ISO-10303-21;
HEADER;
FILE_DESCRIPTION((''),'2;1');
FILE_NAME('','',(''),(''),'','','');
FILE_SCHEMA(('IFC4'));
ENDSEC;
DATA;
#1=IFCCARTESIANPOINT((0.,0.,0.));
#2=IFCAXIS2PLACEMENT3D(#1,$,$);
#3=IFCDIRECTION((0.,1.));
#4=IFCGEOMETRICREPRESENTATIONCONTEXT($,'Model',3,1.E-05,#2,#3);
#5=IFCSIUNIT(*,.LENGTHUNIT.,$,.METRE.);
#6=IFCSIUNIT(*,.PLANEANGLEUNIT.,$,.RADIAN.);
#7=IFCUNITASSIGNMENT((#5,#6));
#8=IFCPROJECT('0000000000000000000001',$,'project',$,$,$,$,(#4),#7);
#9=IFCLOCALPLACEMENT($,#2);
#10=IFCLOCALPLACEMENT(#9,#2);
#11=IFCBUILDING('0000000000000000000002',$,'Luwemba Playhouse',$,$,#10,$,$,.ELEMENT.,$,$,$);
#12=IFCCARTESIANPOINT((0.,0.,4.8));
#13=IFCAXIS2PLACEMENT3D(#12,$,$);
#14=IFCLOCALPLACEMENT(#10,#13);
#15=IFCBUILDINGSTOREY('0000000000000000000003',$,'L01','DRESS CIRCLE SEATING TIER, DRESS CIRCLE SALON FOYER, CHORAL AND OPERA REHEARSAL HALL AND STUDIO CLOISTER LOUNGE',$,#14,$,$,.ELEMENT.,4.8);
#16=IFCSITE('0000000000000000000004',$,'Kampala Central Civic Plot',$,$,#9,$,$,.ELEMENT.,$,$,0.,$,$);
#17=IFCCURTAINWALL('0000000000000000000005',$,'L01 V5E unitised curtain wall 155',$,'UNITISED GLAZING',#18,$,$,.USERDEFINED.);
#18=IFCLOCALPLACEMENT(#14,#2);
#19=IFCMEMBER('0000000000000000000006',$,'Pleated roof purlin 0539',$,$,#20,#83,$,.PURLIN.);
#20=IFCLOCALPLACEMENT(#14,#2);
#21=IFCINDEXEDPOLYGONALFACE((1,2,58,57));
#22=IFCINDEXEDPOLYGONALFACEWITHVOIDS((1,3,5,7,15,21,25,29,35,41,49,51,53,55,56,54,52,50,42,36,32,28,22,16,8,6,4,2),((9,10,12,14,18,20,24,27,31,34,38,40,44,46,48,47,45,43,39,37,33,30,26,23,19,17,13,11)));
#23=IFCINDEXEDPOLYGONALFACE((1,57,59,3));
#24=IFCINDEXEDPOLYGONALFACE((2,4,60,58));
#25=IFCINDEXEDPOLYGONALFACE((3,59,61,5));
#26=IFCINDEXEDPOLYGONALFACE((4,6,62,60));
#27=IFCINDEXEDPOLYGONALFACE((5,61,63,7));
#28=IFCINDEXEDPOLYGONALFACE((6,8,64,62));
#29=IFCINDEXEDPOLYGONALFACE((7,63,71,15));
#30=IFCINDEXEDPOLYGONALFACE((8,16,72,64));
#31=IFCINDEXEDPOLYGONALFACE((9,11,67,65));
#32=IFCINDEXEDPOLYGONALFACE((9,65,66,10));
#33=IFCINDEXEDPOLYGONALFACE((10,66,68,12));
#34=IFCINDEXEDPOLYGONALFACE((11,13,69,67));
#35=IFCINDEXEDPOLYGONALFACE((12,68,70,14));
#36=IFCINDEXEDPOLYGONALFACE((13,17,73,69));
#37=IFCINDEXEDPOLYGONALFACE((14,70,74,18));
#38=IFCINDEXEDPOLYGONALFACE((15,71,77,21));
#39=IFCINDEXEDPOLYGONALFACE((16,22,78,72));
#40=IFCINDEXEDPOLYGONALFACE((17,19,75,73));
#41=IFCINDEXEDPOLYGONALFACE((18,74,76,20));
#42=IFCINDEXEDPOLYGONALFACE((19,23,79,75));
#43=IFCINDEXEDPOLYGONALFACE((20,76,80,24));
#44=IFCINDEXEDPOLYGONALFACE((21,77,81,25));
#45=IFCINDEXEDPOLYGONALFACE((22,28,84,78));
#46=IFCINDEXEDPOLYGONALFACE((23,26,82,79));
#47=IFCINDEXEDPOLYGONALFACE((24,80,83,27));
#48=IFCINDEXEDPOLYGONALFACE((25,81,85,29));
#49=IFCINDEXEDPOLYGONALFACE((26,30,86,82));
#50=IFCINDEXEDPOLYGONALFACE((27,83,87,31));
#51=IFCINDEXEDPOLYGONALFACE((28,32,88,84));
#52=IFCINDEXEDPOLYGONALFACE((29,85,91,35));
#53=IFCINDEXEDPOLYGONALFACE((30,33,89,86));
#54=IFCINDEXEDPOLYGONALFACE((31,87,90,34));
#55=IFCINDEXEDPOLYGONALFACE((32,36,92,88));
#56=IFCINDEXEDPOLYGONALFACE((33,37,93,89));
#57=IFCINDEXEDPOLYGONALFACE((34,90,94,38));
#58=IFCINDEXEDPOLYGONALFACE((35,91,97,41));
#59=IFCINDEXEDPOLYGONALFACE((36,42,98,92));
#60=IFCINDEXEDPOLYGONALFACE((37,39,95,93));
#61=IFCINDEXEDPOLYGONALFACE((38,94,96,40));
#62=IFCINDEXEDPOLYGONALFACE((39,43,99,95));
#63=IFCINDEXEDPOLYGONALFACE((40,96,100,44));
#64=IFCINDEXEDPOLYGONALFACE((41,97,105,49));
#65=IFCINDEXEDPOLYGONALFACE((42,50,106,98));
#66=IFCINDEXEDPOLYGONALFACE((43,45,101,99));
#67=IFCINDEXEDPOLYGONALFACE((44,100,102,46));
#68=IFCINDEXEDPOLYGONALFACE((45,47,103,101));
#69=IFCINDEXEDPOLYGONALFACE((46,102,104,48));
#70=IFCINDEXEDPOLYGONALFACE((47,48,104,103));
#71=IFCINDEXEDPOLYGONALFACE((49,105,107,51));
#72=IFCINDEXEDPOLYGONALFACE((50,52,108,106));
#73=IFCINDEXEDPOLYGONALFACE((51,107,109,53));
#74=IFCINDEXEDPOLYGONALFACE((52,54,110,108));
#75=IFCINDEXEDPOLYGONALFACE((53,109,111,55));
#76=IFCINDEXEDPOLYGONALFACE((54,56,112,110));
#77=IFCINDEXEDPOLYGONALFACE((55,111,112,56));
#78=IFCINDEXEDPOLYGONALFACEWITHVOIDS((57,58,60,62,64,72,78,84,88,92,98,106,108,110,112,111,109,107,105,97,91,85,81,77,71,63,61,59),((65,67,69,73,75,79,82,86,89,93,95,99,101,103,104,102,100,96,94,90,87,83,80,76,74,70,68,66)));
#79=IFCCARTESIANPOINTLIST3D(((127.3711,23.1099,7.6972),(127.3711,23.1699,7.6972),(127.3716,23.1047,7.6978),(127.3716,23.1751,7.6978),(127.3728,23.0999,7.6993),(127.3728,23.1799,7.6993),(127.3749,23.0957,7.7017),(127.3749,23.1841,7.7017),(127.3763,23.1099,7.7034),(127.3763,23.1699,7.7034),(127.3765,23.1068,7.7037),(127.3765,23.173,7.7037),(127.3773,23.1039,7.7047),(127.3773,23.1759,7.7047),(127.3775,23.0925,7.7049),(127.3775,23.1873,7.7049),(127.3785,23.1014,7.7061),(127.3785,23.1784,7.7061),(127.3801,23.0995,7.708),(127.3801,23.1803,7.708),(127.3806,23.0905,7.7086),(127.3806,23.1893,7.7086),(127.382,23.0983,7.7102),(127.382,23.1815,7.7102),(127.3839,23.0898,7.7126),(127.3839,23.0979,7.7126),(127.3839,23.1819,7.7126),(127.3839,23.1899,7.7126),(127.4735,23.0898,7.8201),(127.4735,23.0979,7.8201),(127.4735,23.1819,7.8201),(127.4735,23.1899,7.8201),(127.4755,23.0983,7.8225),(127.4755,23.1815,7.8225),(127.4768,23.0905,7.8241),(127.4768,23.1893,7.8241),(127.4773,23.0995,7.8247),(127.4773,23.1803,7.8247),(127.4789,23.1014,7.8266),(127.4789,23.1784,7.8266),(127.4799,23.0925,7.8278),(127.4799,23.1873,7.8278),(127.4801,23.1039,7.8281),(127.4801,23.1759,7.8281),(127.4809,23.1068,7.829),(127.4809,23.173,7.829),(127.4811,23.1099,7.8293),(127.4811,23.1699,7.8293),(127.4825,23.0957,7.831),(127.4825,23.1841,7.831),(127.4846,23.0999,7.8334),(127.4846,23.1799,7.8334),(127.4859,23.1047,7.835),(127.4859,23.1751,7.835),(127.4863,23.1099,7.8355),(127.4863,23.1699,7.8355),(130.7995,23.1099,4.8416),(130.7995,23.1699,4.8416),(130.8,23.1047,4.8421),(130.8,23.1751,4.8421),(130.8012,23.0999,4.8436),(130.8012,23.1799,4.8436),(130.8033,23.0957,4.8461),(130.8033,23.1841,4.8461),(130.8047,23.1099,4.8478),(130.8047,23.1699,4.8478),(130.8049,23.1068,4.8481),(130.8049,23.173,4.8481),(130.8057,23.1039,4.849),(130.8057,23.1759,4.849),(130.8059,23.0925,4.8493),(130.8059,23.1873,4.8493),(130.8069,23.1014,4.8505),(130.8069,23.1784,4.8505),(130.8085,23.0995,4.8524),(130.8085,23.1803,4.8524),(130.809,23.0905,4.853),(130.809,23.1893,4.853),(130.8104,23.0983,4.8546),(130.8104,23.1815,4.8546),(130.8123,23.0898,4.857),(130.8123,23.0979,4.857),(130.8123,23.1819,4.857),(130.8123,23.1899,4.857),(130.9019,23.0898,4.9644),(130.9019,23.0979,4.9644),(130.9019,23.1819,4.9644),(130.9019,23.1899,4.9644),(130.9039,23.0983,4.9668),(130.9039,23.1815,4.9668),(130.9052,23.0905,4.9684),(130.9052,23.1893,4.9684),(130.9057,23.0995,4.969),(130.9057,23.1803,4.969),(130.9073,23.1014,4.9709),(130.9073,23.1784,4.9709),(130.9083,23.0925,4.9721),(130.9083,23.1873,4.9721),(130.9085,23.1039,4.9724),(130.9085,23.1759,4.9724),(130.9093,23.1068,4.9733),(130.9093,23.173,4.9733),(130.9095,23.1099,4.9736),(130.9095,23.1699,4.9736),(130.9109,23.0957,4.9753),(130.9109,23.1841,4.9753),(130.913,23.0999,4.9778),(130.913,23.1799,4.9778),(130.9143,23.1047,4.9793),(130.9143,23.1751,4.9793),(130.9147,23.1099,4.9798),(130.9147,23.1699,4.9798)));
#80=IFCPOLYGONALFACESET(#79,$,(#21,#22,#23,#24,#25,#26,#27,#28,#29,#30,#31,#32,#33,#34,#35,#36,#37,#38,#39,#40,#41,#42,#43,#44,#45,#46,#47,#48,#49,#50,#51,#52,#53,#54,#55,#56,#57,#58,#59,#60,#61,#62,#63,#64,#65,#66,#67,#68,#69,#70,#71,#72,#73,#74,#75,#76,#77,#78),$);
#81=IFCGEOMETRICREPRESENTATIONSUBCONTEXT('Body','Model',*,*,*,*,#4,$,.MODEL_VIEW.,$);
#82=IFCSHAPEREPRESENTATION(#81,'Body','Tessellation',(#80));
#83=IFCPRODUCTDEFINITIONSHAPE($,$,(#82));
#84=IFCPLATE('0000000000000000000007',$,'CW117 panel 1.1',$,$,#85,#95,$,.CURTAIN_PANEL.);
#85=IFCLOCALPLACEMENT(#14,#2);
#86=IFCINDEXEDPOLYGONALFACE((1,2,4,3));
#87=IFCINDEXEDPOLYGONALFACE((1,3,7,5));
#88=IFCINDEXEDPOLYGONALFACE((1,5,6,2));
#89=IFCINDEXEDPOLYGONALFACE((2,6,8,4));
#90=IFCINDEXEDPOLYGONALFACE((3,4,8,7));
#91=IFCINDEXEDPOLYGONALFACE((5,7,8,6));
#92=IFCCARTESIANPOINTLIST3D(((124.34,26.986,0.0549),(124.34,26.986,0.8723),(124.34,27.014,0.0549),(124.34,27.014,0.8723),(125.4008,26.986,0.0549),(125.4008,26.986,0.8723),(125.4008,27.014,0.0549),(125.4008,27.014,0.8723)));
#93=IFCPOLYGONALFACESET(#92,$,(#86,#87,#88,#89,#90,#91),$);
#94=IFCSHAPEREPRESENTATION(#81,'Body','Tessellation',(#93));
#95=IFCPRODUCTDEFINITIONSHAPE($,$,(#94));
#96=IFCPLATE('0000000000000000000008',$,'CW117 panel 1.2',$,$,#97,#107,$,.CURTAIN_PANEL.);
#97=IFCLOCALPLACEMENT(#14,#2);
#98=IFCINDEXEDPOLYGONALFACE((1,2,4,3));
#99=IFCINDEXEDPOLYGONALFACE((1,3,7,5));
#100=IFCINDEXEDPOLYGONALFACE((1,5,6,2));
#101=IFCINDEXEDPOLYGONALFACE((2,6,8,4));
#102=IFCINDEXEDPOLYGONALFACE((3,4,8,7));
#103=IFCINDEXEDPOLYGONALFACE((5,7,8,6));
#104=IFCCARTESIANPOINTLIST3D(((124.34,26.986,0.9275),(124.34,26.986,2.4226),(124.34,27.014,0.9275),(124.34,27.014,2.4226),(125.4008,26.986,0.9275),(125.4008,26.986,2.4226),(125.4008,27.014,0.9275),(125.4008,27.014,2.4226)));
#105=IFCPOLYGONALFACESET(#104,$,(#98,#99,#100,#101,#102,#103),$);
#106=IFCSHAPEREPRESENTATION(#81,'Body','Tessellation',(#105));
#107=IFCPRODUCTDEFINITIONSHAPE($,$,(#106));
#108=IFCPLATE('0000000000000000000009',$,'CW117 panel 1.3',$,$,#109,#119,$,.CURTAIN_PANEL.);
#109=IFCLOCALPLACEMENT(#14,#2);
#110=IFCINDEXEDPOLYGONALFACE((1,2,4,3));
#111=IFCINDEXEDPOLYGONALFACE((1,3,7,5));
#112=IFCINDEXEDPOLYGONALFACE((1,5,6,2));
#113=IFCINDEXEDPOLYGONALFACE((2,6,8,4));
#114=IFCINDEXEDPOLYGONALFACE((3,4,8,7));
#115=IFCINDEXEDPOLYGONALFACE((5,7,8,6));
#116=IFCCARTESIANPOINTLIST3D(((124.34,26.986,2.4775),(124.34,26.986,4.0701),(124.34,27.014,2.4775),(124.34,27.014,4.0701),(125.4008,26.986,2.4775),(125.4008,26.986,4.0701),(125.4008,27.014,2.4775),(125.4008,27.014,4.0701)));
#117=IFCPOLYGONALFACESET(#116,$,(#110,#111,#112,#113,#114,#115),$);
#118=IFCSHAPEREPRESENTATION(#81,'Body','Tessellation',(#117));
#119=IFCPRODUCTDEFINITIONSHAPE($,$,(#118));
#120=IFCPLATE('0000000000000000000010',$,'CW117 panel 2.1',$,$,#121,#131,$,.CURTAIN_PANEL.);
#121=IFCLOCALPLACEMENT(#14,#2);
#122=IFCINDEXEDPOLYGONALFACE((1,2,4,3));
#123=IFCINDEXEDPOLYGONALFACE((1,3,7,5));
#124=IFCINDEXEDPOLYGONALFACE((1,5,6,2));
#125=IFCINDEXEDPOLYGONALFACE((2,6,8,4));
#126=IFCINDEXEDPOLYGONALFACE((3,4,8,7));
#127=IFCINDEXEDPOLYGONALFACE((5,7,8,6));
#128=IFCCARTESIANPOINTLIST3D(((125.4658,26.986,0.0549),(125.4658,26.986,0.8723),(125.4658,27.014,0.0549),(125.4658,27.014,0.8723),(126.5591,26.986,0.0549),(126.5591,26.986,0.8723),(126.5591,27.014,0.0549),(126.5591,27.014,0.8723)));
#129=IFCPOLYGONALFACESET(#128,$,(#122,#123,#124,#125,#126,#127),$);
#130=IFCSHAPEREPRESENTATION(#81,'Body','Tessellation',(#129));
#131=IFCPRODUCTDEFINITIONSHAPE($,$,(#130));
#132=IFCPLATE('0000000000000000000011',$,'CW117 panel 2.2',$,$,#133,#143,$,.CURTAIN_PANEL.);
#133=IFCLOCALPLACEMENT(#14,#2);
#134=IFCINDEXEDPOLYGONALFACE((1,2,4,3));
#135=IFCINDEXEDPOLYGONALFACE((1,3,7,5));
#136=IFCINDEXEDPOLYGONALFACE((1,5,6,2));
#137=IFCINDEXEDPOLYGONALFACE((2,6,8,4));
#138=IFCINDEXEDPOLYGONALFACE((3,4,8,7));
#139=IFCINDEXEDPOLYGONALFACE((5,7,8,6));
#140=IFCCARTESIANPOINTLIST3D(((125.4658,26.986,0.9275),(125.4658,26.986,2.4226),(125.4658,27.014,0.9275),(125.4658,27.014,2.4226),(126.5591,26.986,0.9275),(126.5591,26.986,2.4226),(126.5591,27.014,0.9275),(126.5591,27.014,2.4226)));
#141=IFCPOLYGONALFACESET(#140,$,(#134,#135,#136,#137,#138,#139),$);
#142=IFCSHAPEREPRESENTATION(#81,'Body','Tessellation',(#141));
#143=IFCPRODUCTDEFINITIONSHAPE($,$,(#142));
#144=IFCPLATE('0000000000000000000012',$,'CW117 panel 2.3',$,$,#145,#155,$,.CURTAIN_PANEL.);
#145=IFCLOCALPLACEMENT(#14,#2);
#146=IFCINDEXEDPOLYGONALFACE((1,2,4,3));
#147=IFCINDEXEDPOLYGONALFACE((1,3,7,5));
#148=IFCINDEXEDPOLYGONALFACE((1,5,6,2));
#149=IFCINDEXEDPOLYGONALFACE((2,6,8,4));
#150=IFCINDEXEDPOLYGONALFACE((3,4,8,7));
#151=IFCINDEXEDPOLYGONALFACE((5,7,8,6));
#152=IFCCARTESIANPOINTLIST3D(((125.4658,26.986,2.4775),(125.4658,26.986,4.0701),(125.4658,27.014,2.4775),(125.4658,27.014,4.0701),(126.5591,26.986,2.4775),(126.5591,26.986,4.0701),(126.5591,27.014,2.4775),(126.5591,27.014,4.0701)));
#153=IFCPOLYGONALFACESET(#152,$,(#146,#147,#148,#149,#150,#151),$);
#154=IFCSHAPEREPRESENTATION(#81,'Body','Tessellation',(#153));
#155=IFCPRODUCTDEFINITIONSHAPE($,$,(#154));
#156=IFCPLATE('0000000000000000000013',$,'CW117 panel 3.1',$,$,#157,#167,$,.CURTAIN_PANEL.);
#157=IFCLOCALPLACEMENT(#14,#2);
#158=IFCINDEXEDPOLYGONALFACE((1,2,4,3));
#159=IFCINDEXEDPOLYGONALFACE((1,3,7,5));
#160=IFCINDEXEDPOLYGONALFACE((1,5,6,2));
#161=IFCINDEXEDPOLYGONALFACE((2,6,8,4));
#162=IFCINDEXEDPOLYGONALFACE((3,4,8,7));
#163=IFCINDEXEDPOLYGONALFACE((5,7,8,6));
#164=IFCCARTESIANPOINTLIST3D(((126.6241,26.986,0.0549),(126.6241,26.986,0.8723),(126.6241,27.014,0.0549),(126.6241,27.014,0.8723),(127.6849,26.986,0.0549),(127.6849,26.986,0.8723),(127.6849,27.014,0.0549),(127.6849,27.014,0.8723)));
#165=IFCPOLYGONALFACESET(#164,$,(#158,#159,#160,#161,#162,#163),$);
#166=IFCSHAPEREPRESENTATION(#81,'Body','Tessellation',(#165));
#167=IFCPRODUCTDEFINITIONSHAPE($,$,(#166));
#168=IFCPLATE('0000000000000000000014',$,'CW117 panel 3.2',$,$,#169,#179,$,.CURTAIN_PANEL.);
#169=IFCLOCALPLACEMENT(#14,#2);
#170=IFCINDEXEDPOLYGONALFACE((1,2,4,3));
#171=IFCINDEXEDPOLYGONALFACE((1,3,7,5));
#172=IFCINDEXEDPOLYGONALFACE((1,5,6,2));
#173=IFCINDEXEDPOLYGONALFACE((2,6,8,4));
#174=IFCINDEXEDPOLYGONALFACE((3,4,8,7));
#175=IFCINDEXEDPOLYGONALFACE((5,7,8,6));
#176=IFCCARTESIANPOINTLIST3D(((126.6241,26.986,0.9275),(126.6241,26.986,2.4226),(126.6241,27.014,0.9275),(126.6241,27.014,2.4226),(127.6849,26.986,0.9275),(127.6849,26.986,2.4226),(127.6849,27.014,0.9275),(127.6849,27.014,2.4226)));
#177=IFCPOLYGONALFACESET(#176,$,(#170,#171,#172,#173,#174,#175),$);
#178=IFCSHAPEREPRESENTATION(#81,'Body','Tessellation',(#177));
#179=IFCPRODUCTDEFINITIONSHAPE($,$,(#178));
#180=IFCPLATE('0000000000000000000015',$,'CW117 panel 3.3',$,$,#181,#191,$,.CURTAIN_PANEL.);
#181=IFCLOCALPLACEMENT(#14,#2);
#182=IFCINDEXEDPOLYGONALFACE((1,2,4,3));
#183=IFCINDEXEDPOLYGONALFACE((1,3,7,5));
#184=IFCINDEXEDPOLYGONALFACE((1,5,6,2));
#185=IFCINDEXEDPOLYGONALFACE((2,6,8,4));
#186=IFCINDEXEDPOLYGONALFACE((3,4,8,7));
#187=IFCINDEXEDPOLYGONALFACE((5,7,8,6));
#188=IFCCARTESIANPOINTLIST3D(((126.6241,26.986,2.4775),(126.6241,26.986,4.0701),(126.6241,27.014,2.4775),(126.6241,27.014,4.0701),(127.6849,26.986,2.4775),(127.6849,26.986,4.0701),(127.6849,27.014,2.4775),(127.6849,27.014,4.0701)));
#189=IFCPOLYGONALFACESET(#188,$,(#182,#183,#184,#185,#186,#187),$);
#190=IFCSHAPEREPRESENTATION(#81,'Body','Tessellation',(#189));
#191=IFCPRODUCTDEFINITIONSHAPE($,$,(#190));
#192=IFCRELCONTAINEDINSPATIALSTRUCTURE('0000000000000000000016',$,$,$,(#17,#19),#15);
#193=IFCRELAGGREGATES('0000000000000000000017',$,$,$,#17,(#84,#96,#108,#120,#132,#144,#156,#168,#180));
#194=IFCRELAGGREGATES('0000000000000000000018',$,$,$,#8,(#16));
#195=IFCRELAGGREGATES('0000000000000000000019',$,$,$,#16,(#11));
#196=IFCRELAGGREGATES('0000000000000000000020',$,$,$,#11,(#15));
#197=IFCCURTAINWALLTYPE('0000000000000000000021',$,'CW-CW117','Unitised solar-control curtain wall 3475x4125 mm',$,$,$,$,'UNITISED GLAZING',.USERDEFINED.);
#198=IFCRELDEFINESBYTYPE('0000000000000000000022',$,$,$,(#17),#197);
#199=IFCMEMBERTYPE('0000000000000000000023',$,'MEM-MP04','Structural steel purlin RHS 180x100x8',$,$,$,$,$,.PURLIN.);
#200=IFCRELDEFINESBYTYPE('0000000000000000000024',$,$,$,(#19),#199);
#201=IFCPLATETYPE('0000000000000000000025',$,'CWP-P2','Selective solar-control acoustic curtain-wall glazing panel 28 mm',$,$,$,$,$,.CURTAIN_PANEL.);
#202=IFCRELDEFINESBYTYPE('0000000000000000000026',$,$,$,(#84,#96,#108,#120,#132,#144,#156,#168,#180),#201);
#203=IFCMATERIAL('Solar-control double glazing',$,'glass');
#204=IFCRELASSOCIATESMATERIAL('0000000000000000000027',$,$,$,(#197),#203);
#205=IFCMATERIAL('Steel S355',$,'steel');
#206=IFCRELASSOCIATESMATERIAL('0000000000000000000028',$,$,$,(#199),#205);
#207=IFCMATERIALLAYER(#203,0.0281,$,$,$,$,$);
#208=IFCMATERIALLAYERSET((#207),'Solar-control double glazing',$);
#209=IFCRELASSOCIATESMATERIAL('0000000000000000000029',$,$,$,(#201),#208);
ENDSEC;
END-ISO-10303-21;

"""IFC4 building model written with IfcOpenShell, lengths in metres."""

from ifc_helpers import new_model, si_unit, direction, frame, origin, origin_2d, place, context, subcontext, project, spatial, rectangle, hollow_rectangle, extrude, material, layer, layer_set, material_profile, profile_set, type_object, element, aggregate, save


model = new_model("IFC4")

# Units and contexts
model_context = context("Model", 3, precision=1e-05, world=origin(), true_north=direction((0.0, 1.0)))
body_context = subcontext(model_context, "Body", "Model", "MODEL_VIEW")
ifc_project = project(units=[si_unit("LENGTHUNIT", "METRE"), si_unit("PLANEANGLEUNIT", "RADIAN")], contexts=[model_context])

# Site, building, storey
site_placement = place(None, origin())
site = spatial("IfcSite", under=ifc_project, at=site_placement, Name="Kampala Central Civic Plot", CompositionType="ELEMENT", RefElevation=0.0)
building_placement = place(site_placement, origin())
building = spatial("IfcBuilding", under=site, at=building_placement, Name="Luwemba Playhouse", CompositionType="ELEMENT")
storey_placement = place(building_placement, frame((0.0, 0.0, 4.8)))
storey = spatial("IfcBuildingStorey", under=building, at=storey_placement, Name="L01", Description="DRESS CIRCLE SEATING TIER, DRESS CIRCLE SALON FOYER, CHORAL AND OPERA REHEARSAL HALL AND STUDIO CLOISTER LOUNGE", CompositionType="ELEMENT", Elevation=4.8)

# Curtain wall
ifc_material_1 = material(Name="Solar-control double glazing", Category="glass")
curtain_wall_type_1 = type_object("IfcCurtainWallType", Name="CW-CW117", Description="Unitised solar-control curtain wall 3475x4125 mm", ElementType="UNITISED GLAZING", PredefinedType="USERDEFINED", material=ifc_material_1)
curtain_wall_1_placement = place(storey_placement, origin())
curtain_wall_1 = element("IfcCurtainWall", 1, at=curtain_wall_1_placement, inside=storey, type_object=curtain_wall_type_1, Name="L01 V5E unitised curtain wall 155", ObjectType="UNITISED GLAZING", PredefinedType="USERDEFINED")

# Member
ifc_material_2 = material(Name="Steel S355", Category="steel")
ifc_material_profile_1 = material_profile(ifc_material_2, hollow_rectangle(XDim=0.1001, YDim=0.1799, WallThickness=0.0081, InnerFilletRadius=0.012, OuterFilletRadius=0.02, at=origin_2d()))
ifc_profile_set_1 = profile_set([ifc_material_profile_1], Name="Steel S355")
member_type_1 = type_object("IfcMemberType", Name="MEM-MP04", Description="Structural steel purlin RHS 180x100x8", PredefinedType="PURLIN", material=ifc_profile_set_1)
member_1_placement = place(storey_placement, frame((127.4287, 23.1399, 7.7664), z_axis=(0.768369, 0.0, -0.640007), x_axis=(0.0, 1.0, 0.0)))
element("IfcMember", 2, at=member_1_placement, inside=storey, type_object=member_type_1, Name="Pleated roof purlin 0539", PredefinedType="PURLIN", context=body_context, shape_type="SweptSolid", body=[
    extrude(hollow_rectangle(XDim=0.1001, YDim=0.1799, WallThickness=0.0081, InnerFilletRadius=0.012, OuterFilletRadius=0.02, at=origin_2d()), origin(), (0.0, 0.0, 1.0), 4.4619),
])

# Plates
ifc_layer_1 = layer(ifc_material_1, 0.0281)
ifc_layer_set_1 = layer_set([ifc_layer_1], Name="Solar-control double glazing")
plate_type_1 = type_object("IfcPlateType", Name="CWP-P2", Description="Selective solar-control acoustic curtain-wall glazing panel 28 mm", PredefinedType="CURTAIN_PANEL", material=ifc_layer_set_1)
plate_1_placement = place(storey_placement, frame((124.8704, 27.0, 0.0549), z_axis=(0.0, 0.0, 1.0), x_axis=(1.0, 0.0, 0.0)))
plate_1 = element("IfcPlate", 3, at=plate_1_placement, type_object=plate_type_1, Name="CW117 panel 1.1", PredefinedType="CURTAIN_PANEL", context=body_context, shape_type="SweptSolid", body=[
    extrude(rectangle(XDim=1.0608, YDim=0.0281, at=origin_2d()), origin(), (0.0, 0.0, 1.0), 0.8174),
])
plate_2_placement = place(storey_placement, frame((124.8704, 27.0, 0.9275), z_axis=(0.0, 0.0, 1.0), x_axis=(1.0, 0.0, 0.0)))
plate_2 = element("IfcPlate", 4, at=plate_2_placement, type_object=plate_type_1, Name="CW117 panel 1.2", PredefinedType="CURTAIN_PANEL", context=body_context, shape_type="SweptSolid", body=[
    extrude(rectangle(XDim=1.0608, YDim=0.0281, at=origin_2d()), origin(), (0.0, 0.0, 1.0), 1.4951),
])
plate_3_placement = place(storey_placement, frame((124.8704, 27.0, 2.4775), z_axis=(0.0, 0.0, 1.0), x_axis=(1.0, 0.0, 0.0)))
plate_3 = element("IfcPlate", 5, at=plate_3_placement, type_object=plate_type_1, Name="CW117 panel 1.3", PredefinedType="CURTAIN_PANEL", context=body_context, shape_type="SweptSolid", body=[
    extrude(rectangle(XDim=1.0608, YDim=0.0281, at=origin_2d()), origin(), (0.0, 0.0, 1.0), 1.5925),
])
plate_4_placement = place(storey_placement, frame((126.0125, 27.0, 0.0549), z_axis=(0.0, 0.0, 1.0), x_axis=(1.0, 0.0, 0.0)))
plate_4 = element("IfcPlate", 6, at=plate_4_placement, type_object=plate_type_1, Name="CW117 panel 2.1", PredefinedType="CURTAIN_PANEL", context=body_context, shape_type="SweptSolid", body=[
    extrude(rectangle(XDim=1.0933, YDim=0.0281, at=origin_2d()), origin(), (0.0, 0.0, 1.0), 0.8174),
])
plate_5_placement = place(storey_placement, frame((126.0125, 27.0, 0.9275), z_axis=(0.0, 0.0, 1.0), x_axis=(1.0, 0.0, 0.0)))
plate_5 = element("IfcPlate", 7, at=plate_5_placement, type_object=plate_type_1, Name="CW117 panel 2.2", PredefinedType="CURTAIN_PANEL", context=body_context, shape_type="SweptSolid", body=[
    extrude(rectangle(XDim=1.0933, YDim=0.0281, at=origin_2d()), origin(), (0.0, 0.0, 1.0), 1.4951),
])
plate_6_placement = place(storey_placement, frame((126.0125, 27.0, 2.4775), z_axis=(0.0, 0.0, 1.0), x_axis=(1.0, 0.0, 0.0)))
plate_6 = element("IfcPlate", 8, at=plate_6_placement, type_object=plate_type_1, Name="CW117 panel 2.3", PredefinedType="CURTAIN_PANEL", context=body_context, shape_type="SweptSolid", body=[
    extrude(rectangle(XDim=1.0933, YDim=0.0281, at=origin_2d()), origin(), (0.0, 0.0, 1.0), 1.5925),
])
plate_7_placement = place(storey_placement, frame((127.1545, 27.0, 0.0549), z_axis=(0.0, 0.0, 1.0), x_axis=(1.0, 0.0, 0.0)))
plate_7 = element("IfcPlate", 9, at=plate_7_placement, type_object=plate_type_1, Name="CW117 panel 3.1", PredefinedType="CURTAIN_PANEL", context=body_context, shape_type="SweptSolid", body=[
    extrude(rectangle(XDim=1.0608, YDim=0.0281, at=origin_2d()), origin(), (0.0, 0.0, 1.0), 0.8174),
])
plate_8_placement = place(storey_placement, frame((127.1545, 27.0, 0.9275), z_axis=(0.0, 0.0, 1.0), x_axis=(1.0, 0.0, 0.0)))
plate_8 = element("IfcPlate", 10, at=plate_8_placement, type_object=plate_type_1, Name="CW117 panel 3.2", PredefinedType="CURTAIN_PANEL", context=body_context, shape_type="SweptSolid", body=[
    extrude(rectangle(XDim=1.0608, YDim=0.0281, at=origin_2d()), origin(), (0.0, 0.0, 1.0), 1.4951),
])
plate_9_placement = place(storey_placement, frame((127.1545, 27.0, 2.4775), z_axis=(0.0, 0.0, 1.0), x_axis=(1.0, 0.0, 0.0)))
plate_9 = element("IfcPlate", 11, at=plate_9_placement, type_object=plate_type_1, Name="CW117 panel 3.3", PredefinedType="CURTAIN_PANEL", context=body_context, shape_type="SweptSolid", body=[
    extrude(rectangle(XDim=1.0608, YDim=0.0281, at=origin_2d()), origin(), (0.0, 0.0, 1.0), 1.5925),
])
aggregate(curtain_wall_1, [plate_1, plate_2, plate_3, plate_4, plate_5, plate_6, plate_7, plate_8, plate_9])

save(model, "model.ifc")
